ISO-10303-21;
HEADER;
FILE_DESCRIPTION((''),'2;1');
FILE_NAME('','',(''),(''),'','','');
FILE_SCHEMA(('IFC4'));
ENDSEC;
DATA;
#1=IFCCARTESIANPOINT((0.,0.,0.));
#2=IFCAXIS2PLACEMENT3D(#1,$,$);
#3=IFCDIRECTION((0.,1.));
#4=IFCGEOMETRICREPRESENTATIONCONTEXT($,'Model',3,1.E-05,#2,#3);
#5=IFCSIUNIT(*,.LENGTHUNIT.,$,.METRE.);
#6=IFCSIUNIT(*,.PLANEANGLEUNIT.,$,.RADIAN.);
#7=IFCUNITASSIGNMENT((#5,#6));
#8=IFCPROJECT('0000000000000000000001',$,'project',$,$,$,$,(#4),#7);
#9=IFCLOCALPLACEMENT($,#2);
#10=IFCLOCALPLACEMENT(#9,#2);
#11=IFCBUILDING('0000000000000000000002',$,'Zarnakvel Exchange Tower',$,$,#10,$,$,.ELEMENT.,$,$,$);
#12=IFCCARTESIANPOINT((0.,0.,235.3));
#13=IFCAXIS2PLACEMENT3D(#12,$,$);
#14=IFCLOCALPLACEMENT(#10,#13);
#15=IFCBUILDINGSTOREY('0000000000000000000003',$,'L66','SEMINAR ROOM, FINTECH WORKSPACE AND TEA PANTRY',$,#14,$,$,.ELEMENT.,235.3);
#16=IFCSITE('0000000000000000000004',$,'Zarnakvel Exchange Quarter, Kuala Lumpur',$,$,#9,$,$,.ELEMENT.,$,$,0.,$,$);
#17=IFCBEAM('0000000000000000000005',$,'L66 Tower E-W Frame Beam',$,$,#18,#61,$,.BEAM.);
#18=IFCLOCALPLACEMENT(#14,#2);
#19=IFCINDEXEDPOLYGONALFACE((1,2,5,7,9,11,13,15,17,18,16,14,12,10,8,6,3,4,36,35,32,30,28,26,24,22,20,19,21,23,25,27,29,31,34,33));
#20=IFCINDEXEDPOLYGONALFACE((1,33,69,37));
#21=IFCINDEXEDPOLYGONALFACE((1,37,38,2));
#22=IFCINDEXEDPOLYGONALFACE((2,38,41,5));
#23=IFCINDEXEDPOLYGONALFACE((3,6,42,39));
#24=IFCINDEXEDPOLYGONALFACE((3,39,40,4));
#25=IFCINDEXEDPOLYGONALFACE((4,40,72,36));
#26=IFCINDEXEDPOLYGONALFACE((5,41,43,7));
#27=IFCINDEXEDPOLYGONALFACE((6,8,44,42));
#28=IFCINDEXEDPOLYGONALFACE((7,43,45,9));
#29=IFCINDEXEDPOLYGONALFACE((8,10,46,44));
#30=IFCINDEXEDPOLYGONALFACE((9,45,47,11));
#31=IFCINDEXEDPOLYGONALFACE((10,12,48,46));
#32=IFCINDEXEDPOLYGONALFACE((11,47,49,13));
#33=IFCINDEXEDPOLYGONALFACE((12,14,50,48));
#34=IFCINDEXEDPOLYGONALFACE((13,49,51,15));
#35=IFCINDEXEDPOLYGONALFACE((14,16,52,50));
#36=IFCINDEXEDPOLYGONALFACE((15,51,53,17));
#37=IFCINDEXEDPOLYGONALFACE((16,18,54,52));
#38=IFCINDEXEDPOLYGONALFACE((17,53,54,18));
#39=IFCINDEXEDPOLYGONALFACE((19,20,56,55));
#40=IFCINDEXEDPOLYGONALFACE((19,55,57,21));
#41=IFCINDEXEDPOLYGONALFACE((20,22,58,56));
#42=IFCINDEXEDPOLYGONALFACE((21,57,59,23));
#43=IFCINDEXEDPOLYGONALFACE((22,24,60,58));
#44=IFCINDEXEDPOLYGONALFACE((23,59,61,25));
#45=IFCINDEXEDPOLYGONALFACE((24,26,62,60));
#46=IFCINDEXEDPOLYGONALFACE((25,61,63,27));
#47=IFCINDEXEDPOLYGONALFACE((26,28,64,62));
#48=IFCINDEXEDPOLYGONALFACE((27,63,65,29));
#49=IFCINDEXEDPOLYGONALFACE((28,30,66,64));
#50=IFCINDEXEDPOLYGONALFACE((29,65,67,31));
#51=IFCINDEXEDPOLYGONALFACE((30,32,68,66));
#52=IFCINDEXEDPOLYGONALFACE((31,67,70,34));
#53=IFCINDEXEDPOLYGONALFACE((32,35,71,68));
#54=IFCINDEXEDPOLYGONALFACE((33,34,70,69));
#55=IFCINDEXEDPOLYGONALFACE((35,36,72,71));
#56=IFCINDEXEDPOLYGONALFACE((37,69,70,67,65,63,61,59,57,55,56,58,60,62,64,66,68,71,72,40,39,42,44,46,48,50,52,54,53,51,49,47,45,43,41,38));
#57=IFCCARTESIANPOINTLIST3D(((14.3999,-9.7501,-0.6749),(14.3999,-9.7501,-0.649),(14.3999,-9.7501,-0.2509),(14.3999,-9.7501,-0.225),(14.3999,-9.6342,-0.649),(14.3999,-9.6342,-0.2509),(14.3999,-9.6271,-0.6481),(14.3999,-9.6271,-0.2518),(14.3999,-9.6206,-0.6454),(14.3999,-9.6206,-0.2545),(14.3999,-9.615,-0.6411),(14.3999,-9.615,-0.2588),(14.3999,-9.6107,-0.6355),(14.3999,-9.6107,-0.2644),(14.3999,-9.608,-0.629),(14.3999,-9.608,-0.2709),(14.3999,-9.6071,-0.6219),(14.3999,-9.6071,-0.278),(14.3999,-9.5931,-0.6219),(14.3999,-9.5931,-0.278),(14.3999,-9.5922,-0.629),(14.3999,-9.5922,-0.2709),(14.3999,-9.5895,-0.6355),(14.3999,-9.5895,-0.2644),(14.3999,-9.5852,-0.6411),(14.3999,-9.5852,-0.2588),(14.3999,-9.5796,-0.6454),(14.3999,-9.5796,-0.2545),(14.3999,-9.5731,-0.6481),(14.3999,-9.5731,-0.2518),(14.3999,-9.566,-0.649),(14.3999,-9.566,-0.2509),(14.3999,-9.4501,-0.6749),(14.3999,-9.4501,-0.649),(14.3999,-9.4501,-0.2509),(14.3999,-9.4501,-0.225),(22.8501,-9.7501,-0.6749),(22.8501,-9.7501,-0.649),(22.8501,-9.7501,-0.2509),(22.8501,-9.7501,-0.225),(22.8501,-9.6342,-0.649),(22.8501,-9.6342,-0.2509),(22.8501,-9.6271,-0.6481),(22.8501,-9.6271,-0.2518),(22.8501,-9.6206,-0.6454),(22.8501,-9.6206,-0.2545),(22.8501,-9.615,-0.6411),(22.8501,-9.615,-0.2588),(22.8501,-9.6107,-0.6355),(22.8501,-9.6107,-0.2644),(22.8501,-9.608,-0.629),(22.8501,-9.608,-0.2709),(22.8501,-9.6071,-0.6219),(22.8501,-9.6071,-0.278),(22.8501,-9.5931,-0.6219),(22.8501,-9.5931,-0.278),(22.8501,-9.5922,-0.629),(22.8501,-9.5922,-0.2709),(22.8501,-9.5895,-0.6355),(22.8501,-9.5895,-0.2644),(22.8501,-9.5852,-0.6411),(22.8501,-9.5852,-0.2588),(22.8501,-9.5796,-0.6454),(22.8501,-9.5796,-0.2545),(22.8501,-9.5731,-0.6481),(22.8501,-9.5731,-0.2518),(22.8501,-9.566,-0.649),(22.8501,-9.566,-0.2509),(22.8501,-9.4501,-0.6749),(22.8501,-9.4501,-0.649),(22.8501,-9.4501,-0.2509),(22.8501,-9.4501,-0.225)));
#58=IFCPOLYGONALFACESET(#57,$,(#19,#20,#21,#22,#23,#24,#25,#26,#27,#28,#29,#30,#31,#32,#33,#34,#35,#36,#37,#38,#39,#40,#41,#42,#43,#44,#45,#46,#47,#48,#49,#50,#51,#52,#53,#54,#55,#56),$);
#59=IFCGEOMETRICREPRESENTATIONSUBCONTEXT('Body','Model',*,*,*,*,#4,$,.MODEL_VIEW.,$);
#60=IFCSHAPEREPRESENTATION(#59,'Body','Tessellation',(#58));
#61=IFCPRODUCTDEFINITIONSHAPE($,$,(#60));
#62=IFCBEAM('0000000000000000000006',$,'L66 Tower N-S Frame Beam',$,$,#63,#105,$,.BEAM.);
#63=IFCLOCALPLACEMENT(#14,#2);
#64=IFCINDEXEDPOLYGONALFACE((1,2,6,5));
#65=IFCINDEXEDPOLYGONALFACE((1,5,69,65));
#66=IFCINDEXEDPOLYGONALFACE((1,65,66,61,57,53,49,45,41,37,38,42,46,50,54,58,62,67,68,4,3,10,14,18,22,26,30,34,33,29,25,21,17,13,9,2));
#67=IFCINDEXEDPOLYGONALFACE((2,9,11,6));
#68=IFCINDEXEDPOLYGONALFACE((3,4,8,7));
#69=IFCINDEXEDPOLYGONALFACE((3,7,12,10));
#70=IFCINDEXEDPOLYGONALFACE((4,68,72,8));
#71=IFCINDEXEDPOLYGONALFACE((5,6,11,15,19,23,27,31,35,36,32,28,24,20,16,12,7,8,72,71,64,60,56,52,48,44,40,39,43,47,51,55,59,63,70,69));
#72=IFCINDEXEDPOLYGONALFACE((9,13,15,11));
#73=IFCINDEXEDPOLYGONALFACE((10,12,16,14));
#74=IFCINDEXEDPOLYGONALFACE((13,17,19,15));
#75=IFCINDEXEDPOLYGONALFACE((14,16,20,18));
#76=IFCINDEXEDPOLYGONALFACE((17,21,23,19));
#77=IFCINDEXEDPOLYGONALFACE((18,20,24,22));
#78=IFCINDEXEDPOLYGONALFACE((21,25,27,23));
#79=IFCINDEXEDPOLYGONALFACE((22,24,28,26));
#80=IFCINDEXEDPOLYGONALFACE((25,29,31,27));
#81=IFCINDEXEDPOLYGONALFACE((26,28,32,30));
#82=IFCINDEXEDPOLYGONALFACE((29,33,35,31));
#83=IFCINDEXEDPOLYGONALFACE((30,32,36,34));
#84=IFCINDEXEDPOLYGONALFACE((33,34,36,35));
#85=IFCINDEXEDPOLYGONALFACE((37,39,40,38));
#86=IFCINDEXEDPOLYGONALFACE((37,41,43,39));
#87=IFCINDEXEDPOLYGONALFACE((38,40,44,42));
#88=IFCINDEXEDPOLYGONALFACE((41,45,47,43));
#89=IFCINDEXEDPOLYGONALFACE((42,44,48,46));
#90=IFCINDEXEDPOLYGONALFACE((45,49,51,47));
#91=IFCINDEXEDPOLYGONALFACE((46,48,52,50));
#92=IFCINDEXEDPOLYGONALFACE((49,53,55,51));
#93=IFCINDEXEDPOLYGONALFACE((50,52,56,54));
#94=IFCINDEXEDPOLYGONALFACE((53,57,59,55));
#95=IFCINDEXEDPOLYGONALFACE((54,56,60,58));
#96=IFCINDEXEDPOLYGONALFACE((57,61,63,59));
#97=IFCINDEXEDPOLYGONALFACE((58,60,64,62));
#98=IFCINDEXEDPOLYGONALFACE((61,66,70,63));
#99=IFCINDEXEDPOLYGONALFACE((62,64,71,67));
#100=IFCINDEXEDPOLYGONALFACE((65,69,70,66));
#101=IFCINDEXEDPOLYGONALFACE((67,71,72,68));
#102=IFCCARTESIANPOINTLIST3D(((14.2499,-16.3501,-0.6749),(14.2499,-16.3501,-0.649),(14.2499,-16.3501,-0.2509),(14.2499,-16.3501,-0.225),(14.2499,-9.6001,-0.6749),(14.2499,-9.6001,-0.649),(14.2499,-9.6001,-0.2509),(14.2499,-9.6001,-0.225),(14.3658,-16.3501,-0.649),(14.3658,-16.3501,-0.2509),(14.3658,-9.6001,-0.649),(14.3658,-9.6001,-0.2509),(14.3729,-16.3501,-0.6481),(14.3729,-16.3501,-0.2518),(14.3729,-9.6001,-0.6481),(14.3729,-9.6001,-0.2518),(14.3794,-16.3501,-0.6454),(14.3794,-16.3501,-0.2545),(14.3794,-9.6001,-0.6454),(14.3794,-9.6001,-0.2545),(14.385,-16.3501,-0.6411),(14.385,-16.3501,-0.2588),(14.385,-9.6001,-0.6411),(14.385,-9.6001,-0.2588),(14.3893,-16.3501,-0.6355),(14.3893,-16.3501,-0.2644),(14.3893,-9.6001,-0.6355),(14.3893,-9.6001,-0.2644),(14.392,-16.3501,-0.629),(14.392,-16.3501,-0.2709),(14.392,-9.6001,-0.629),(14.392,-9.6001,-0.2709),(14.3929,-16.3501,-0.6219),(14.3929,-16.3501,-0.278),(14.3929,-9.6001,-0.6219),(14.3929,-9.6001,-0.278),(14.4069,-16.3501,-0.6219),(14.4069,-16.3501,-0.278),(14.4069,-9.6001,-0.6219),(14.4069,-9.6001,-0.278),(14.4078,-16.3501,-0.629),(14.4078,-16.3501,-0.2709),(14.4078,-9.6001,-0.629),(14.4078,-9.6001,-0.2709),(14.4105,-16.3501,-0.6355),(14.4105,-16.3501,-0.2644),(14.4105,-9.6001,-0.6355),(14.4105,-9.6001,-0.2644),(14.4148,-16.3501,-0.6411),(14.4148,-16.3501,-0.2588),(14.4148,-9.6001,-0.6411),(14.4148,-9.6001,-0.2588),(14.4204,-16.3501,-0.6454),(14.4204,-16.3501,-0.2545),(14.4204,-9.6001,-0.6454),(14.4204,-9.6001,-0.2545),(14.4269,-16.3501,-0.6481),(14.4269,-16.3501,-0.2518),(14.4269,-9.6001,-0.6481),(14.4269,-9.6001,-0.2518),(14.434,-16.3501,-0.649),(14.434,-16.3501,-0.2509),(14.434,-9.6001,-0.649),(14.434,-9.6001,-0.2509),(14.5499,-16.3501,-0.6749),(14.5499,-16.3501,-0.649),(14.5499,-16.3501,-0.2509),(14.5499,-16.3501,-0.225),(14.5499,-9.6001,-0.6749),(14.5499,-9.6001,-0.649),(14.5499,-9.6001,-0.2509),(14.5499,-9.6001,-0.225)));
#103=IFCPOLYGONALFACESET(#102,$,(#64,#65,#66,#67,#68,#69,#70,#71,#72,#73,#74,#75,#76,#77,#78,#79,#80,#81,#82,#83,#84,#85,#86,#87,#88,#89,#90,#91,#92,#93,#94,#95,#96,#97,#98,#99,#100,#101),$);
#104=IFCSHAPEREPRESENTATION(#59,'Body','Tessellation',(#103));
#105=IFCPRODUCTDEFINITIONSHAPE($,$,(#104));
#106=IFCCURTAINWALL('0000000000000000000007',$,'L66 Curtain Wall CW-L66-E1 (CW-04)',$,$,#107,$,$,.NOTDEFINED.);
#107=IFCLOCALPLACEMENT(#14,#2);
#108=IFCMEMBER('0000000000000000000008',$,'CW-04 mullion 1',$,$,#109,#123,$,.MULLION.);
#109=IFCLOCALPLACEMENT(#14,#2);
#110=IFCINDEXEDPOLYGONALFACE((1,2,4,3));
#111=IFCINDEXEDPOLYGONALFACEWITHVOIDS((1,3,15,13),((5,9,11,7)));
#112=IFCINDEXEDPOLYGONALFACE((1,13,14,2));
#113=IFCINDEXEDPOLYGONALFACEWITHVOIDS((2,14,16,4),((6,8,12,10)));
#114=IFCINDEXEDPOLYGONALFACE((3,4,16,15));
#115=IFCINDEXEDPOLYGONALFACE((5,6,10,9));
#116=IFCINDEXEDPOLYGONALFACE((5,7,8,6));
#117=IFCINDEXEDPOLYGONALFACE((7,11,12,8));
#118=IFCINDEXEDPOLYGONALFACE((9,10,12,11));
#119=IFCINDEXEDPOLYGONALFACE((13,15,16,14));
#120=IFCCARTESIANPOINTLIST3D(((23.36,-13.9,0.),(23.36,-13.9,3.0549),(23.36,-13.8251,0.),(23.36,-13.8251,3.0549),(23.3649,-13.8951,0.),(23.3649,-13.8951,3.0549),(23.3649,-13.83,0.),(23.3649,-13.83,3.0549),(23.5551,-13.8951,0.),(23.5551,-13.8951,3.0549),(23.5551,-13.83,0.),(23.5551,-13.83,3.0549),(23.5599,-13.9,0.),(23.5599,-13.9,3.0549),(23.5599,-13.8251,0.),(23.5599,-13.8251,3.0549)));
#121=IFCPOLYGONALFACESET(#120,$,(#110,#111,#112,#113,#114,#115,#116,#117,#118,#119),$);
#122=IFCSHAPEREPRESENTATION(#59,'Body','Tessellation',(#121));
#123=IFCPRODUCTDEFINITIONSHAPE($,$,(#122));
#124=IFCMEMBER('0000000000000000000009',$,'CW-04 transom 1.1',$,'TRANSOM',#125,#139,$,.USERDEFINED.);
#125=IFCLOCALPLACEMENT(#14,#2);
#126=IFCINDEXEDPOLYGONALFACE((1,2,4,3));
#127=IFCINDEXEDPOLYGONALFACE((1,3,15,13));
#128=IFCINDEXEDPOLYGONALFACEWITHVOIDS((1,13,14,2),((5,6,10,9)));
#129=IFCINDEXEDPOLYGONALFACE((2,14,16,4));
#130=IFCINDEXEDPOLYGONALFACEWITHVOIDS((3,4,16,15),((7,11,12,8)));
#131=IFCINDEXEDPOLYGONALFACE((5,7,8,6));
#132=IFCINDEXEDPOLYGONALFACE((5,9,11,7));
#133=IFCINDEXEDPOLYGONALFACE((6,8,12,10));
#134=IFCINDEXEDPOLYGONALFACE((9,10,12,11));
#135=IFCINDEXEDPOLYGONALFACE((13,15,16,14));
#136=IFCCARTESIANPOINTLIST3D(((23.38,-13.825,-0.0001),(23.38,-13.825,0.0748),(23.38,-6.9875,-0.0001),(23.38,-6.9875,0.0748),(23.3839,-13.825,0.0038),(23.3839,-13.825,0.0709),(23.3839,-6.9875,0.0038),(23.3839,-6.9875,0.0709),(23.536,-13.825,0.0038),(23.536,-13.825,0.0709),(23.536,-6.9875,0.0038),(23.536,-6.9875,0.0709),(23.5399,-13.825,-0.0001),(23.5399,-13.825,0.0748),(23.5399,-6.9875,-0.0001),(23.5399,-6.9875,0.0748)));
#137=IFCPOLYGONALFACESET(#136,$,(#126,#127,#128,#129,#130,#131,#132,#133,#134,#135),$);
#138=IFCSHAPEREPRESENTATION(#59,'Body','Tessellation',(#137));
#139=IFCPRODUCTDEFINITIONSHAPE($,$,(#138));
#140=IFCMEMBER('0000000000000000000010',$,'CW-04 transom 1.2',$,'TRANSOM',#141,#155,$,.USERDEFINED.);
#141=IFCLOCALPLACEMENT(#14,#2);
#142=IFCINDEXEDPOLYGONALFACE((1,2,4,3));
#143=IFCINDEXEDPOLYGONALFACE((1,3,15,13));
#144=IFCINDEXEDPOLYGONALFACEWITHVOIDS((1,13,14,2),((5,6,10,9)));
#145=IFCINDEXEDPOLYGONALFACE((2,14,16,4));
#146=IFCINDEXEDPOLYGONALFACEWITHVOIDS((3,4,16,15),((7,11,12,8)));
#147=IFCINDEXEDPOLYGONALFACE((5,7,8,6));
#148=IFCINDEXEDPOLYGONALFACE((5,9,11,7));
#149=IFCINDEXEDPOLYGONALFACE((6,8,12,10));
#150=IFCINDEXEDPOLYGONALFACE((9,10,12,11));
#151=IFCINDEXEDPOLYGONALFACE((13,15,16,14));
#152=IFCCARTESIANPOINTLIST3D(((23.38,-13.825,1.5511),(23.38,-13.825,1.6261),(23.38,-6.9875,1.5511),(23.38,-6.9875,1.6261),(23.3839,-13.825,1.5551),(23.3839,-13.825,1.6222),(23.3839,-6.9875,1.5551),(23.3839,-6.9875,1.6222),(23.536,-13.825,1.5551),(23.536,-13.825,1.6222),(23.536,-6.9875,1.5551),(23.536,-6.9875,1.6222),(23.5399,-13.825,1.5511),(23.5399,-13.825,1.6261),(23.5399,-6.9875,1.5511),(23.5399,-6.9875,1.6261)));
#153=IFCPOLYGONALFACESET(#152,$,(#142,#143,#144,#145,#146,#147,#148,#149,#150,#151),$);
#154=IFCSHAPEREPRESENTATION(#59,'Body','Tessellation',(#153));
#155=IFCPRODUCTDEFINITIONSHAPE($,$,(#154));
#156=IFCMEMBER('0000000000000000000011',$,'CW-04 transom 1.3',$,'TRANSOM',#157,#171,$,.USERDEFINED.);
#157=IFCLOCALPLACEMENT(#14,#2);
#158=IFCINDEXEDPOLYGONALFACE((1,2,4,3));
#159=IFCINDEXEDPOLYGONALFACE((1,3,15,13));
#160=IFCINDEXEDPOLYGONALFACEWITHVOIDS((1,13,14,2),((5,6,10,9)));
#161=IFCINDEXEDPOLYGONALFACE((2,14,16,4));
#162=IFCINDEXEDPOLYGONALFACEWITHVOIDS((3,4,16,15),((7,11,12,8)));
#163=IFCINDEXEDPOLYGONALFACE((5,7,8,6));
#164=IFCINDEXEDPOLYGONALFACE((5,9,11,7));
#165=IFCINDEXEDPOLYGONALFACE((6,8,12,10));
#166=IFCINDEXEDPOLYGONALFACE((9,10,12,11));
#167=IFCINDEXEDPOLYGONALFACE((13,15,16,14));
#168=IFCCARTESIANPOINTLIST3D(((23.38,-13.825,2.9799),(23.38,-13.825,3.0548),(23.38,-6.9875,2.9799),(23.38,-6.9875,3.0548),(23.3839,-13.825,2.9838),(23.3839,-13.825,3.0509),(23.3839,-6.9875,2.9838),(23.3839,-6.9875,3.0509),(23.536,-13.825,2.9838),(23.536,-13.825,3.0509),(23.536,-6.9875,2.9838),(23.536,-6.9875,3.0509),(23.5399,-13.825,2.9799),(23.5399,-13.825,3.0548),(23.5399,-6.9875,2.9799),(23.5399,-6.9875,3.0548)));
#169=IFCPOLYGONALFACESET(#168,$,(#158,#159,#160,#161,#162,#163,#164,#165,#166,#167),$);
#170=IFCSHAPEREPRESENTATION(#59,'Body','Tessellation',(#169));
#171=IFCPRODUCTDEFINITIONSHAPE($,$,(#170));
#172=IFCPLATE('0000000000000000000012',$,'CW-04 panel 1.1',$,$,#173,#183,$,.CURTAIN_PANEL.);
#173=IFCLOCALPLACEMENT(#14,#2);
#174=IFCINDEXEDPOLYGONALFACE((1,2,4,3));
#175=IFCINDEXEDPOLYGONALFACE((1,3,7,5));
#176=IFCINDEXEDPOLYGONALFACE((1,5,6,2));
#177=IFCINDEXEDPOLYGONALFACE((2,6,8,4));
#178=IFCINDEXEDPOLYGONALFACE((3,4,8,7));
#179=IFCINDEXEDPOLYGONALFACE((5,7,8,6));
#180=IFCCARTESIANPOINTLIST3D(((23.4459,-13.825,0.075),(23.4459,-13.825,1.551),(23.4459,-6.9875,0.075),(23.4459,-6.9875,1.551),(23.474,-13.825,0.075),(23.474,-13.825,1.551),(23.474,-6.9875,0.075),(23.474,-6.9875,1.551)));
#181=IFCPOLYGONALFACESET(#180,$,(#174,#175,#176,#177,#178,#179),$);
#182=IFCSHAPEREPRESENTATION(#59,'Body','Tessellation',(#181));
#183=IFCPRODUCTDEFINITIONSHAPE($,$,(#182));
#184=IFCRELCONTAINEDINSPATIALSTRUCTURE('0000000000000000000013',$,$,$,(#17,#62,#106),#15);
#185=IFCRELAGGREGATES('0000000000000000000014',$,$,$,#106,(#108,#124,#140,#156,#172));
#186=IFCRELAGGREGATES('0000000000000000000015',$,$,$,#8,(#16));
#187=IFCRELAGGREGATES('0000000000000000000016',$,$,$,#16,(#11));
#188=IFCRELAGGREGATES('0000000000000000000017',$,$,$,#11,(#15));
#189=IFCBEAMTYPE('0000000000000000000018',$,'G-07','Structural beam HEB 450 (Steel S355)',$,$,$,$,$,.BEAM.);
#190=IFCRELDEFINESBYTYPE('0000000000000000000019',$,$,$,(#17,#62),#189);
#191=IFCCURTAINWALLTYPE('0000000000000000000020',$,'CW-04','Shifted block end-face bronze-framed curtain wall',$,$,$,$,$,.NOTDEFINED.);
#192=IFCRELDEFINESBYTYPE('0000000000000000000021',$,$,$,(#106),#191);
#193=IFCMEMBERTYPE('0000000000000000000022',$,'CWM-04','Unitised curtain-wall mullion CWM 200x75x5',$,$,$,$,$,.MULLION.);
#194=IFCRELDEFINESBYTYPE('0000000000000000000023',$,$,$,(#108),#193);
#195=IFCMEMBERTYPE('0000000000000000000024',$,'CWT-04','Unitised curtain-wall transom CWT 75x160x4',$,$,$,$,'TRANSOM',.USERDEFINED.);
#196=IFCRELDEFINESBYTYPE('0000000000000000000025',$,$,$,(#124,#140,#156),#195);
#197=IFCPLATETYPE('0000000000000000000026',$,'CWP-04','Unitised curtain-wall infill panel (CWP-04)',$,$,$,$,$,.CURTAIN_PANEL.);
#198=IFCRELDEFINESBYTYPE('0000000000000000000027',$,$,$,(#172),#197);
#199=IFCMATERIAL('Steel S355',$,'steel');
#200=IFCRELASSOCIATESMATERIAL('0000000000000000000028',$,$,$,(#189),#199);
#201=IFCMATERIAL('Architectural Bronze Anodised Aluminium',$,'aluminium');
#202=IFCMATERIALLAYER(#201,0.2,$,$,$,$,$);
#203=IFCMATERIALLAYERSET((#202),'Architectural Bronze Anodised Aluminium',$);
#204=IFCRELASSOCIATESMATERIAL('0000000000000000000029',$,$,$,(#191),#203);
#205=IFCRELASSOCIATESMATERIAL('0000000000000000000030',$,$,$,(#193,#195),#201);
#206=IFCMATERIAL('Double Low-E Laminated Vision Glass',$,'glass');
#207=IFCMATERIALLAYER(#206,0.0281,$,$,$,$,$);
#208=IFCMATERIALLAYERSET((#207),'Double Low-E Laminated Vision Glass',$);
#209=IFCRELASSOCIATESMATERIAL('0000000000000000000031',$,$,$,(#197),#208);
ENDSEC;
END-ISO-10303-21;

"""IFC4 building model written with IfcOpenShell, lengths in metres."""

from ifc_helpers import new_model, si_unit, direction, frame, origin, origin_2d, place, context, subcontext, project, spatial, rectangle, hollow_rectangle, i_section, extrude, source, transform, mapped, material, layer, layer_set, material_profile, profile_set, type_object, element, aggregate, save


model = new_model("IFC4")

# Units and contexts
model_context = context("Model", 3, precision=1e-05, world=origin(), true_north=direction((0.0, 1.0)))
body_context = subcontext(model_context, "Body", "Model", "MODEL_VIEW")
ifc_project = project(units=[si_unit("LENGTHUNIT", "METRE"), si_unit("PLANEANGLEUNIT", "RADIAN")], contexts=[model_context])

# Site, building, storey
site_placement = place(None, origin())
site = spatial("IfcSite", under=ifc_project, at=site_placement, Name="Zarnakvel Exchange Quarter, Kuala Lumpur", CompositionType="ELEMENT", RefElevation=0.0)
building_placement = place(site_placement, origin())
building = spatial("IfcBuilding", under=site, at=building_placement, Name="Zarnakvel Exchange Tower", CompositionType="ELEMENT")
storey_placement = place(building_placement, frame((0.0, 0.0, 235.3)))
storey = spatial("IfcBuildingStorey", under=building, at=storey_placement, Name="L66", Description="SEMINAR ROOM, FINTECH WORKSPACE AND TEA PANTRY", CompositionType="ELEMENT", Elevation=235.3)

# Beams
ifc_material_1 = material(Name="Steel S355", Category="steel")
ifc_material_profile_1 = material_profile(ifc_material_1, i_section(OverallWidth=0.3, OverallDepth=0.45, WebThickness=0.0139, FlangeThickness=0.0259, FilletRadius=0.0271, at=origin_2d()))
ifc_profile_set_1 = profile_set([ifc_material_profile_1], Name="Steel S355")
beam_type_1 = type_object("IfcBeamType", Name="G-07", Description="Structural beam HEB 450 (Steel S355)", PredefinedType="BEAM", material=ifc_profile_set_1)
beam_1_placement = place(storey_placement, frame((14.3999, -9.6001, -0.45), z_axis=(1.0, 0.0, 0.0), x_axis=(0.0, 1.0, 0.0)))
element("IfcBeam", 1, at=beam_1_placement, inside=storey, type_object=beam_type_1, Name="L66 Tower E-W Frame Beam", PredefinedType="BEAM", context=body_context, shape_type="SweptSolid", body=[
    extrude(i_section(OverallWidth=0.3, OverallDepth=0.45, WebThickness=0.0139, FlangeThickness=0.0259, FilletRadius=0.0271, at=origin_2d()), origin(), (0.0, 0.0, 1.0), 8.4502),
])
beam_2_placement = place(storey_placement, frame((14.3999, -16.3501, -0.45), z_axis=(0.0, 1.0, 0.0), x_axis=(-1.0, 0.0, 0.0)))
element("IfcBeam", 2, at=beam_2_placement, inside=storey, type_object=beam_type_1, Name="L66 Tower N-S Frame Beam", PredefinedType="BEAM", context=body_context, shape_type="SweptSolid", body=[
    extrude(i_section(OverallWidth=0.3, OverallDepth=0.45, WebThickness=0.0139, FlangeThickness=0.0259, FilletRadius=0.0271, at=origin_2d()), origin(), (0.0, 0.0, 1.0), 6.75),
])

# Curtain wall, members, plate
ifc_material_2 = material(Name="Architectural Bronze Anodised Aluminium", Category="aluminium")
ifc_layer_1 = layer(ifc_material_2, 0.2)
ifc_layer_set_1 = layer_set([ifc_layer_1], Name="Architectural Bronze Anodised Aluminium")
curtain_wall_type = type_object("IfcCurtainWallType", Name="CW-04", Description="Shifted block end-face bronze-framed curtain wall", PredefinedType="NOTDEFINED", material=ifc_layer_set_1)
curtain_wall_placement = place(storey_placement, origin())
curtain_wall = element("IfcCurtainWall", 3, at=curtain_wall_placement, inside=storey, type_object=curtain_wall_type, Name="L66 Curtain Wall CW-L66-E1 (CW-04)", PredefinedType="NOTDEFINED")
ifc_material_profile_2 = material_profile(ifc_material_2, hollow_rectangle(XDim=0.2, YDim=0.075, WallThickness=0.0049, at=origin_2d()))
ifc_profile_set_2 = profile_set([ifc_material_profile_2], Name="Architectural Bronze Anodised Aluminium")
member_type_1 = type_object("IfcMemberType", Name="CWM-04", Description="Unitised curtain-wall mullion CWM 200x75x5", PredefinedType="MULLION", material=ifc_profile_set_2)
shared_shape_1 = source(origin(), body_context, "Body", "SweptSolid", [
    extrude(hollow_rectangle(XDim=0.2, YDim=0.075, WallThickness=0.0049, at=origin_2d()), origin(), (0.0, 0.0, 1.0), 3.0549),
])
member_1_placement = place(storey_placement, frame((23.46, -13.8625, 0.0), z_axis=(0.0, 0.0, 1.0), x_axis=(-1.0, 0.0, 0.0)))
member_1 = element("IfcMember", 4, at=member_1_placement, type_object=member_type_1, Name="CW-04 mullion 1", PredefinedType="MULLION", context=body_context, shape_type="MappedRepresentation", body=[
    mapped(shared_shape_1, transform((0.0, 0.0, 0.0), x_axis=(1.0, 0.0, 0.0), y_axis=(0.0, 1.0, 0.0), z_axis=(0.0, 0.0, 1.0), scale=1.0)),
])
ifc_material_profile_3 = material_profile(ifc_material_2, hollow_rectangle(XDim=0.1599, YDim=0.075, WallThickness=0.0039, at=origin_2d()))
ifc_profile_set_3 = profile_set([ifc_material_profile_3], Name="Architectural Bronze Anodised Aluminium")
member_type_2 = type_object("IfcMemberType", Name="CWT-04", Description="Unitised curtain-wall transom CWT 75x160x4", ElementType="TRANSOM", PredefinedType="USERDEFINED", material=ifc_profile_set_3)
shared_shape_2 = source(origin(), body_context, "Body", "SweptSolid", [
    extrude(hollow_rectangle(XDim=0.1599, YDim=0.075, WallThickness=0.0039, at=origin_2d()), origin(), (0.0, 0.0, 1.0), 6.8374),
])
member_2_placement = place(storey_placement, frame((23.46, -13.825, 0.0374), z_axis=(0.0, 1.0, 0.0), x_axis=(-1.0, 0.0, 0.0)))
member_2 = element("IfcMember", 5, at=member_2_placement, type_object=member_type_2, Name="CW-04 transom 1.1", ObjectType="TRANSOM", PredefinedType="USERDEFINED", context=body_context, shape_type="MappedRepresentation", body=[
    mapped(shared_shape_2, transform((0.0, 0.0, 0.0), x_axis=(1.0, 0.0, 0.0), y_axis=(0.0, 1.0, 0.0), z_axis=(0.0, 0.0, 1.0), scale=1.0)),
])
member_3_placement = place(storey_placement, frame((23.46, -13.825, 1.5886), z_axis=(0.0, 1.0, 0.0), x_axis=(-1.0, 0.0, 0.0)))
member_3 = element("IfcMember", 6, at=member_3_placement, type_object=member_type_2, Name="CW-04 transom 1.2", ObjectType="TRANSOM", PredefinedType="USERDEFINED", context=body_context, shape_type="MappedRepresentation", body=[
    mapped(shared_shape_2, transform((0.0, 0.0, 0.0), x_axis=(1.0, 0.0, 0.0), y_axis=(0.0, 1.0, 0.0), z_axis=(0.0, 0.0, 1.0), scale=1.0)),
])
member_4_placement = place(storey_placement, frame((23.46, -13.825, 3.0173), z_axis=(0.0, 1.0, 0.0), x_axis=(-1.0, 0.0, 0.0)))
member_4 = element("IfcMember", 7, at=member_4_placement, type_object=member_type_2, Name="CW-04 transom 1.3", ObjectType="TRANSOM", PredefinedType="USERDEFINED", context=body_context, shape_type="MappedRepresentation", body=[
    mapped(shared_shape_2, transform((0.0, 0.0, 0.0), x_axis=(1.0, 0.0, 0.0), y_axis=(0.0, 1.0, 0.0), z_axis=(0.0, 0.0, 1.0), scale=1.0)),
])
ifc_material_3 = material(Name="Double Low-E Laminated Vision Glass", Category="glass")
ifc_layer_2 = layer(ifc_material_3, 0.0281)
ifc_layer_set_2 = layer_set([ifc_layer_2], Name="Double Low-E Laminated Vision Glass")
plate_type = type_object("IfcPlateType", Name="CWP-04", Description="Unitised curtain-wall infill panel (CWP-04)", PredefinedType="CURTAIN_PANEL", material=ifc_layer_set_2)
shared_shape_3 = source(origin(), body_context, "Body", "SweptSolid", [
    extrude(rectangle(XDim=6.8374, YDim=0.0281, at=origin_2d()), origin(), (0.0, 0.0, 1.0), 1.4761),
])
plate_1_placement = place(storey_placement, frame((23.46, -10.4062, 0.075), z_axis=(0.0, 0.0, 1.0), x_axis=(0.0, 1.0, 0.0)))
plate_1 = element("IfcPlate", 8, at=plate_1_placement, type_object=plate_type, Name="CW-04 panel 1.1", PredefinedType="CURTAIN_PANEL", context=body_context, shape_type="MappedRepresentation", body=[
    mapped(shared_shape_3, transform((0.0, 0.0, 0.0), x_axis=(1.0, 0.0, 0.0), y_axis=(0.0, 1.0, 0.0), z_axis=(0.0, 0.0, 1.0), scale=1.0)),
])
aggregate(curtain_wall, [member_1, member_2, member_3, member_4, plate_1])

save(model, "model.ifc")
